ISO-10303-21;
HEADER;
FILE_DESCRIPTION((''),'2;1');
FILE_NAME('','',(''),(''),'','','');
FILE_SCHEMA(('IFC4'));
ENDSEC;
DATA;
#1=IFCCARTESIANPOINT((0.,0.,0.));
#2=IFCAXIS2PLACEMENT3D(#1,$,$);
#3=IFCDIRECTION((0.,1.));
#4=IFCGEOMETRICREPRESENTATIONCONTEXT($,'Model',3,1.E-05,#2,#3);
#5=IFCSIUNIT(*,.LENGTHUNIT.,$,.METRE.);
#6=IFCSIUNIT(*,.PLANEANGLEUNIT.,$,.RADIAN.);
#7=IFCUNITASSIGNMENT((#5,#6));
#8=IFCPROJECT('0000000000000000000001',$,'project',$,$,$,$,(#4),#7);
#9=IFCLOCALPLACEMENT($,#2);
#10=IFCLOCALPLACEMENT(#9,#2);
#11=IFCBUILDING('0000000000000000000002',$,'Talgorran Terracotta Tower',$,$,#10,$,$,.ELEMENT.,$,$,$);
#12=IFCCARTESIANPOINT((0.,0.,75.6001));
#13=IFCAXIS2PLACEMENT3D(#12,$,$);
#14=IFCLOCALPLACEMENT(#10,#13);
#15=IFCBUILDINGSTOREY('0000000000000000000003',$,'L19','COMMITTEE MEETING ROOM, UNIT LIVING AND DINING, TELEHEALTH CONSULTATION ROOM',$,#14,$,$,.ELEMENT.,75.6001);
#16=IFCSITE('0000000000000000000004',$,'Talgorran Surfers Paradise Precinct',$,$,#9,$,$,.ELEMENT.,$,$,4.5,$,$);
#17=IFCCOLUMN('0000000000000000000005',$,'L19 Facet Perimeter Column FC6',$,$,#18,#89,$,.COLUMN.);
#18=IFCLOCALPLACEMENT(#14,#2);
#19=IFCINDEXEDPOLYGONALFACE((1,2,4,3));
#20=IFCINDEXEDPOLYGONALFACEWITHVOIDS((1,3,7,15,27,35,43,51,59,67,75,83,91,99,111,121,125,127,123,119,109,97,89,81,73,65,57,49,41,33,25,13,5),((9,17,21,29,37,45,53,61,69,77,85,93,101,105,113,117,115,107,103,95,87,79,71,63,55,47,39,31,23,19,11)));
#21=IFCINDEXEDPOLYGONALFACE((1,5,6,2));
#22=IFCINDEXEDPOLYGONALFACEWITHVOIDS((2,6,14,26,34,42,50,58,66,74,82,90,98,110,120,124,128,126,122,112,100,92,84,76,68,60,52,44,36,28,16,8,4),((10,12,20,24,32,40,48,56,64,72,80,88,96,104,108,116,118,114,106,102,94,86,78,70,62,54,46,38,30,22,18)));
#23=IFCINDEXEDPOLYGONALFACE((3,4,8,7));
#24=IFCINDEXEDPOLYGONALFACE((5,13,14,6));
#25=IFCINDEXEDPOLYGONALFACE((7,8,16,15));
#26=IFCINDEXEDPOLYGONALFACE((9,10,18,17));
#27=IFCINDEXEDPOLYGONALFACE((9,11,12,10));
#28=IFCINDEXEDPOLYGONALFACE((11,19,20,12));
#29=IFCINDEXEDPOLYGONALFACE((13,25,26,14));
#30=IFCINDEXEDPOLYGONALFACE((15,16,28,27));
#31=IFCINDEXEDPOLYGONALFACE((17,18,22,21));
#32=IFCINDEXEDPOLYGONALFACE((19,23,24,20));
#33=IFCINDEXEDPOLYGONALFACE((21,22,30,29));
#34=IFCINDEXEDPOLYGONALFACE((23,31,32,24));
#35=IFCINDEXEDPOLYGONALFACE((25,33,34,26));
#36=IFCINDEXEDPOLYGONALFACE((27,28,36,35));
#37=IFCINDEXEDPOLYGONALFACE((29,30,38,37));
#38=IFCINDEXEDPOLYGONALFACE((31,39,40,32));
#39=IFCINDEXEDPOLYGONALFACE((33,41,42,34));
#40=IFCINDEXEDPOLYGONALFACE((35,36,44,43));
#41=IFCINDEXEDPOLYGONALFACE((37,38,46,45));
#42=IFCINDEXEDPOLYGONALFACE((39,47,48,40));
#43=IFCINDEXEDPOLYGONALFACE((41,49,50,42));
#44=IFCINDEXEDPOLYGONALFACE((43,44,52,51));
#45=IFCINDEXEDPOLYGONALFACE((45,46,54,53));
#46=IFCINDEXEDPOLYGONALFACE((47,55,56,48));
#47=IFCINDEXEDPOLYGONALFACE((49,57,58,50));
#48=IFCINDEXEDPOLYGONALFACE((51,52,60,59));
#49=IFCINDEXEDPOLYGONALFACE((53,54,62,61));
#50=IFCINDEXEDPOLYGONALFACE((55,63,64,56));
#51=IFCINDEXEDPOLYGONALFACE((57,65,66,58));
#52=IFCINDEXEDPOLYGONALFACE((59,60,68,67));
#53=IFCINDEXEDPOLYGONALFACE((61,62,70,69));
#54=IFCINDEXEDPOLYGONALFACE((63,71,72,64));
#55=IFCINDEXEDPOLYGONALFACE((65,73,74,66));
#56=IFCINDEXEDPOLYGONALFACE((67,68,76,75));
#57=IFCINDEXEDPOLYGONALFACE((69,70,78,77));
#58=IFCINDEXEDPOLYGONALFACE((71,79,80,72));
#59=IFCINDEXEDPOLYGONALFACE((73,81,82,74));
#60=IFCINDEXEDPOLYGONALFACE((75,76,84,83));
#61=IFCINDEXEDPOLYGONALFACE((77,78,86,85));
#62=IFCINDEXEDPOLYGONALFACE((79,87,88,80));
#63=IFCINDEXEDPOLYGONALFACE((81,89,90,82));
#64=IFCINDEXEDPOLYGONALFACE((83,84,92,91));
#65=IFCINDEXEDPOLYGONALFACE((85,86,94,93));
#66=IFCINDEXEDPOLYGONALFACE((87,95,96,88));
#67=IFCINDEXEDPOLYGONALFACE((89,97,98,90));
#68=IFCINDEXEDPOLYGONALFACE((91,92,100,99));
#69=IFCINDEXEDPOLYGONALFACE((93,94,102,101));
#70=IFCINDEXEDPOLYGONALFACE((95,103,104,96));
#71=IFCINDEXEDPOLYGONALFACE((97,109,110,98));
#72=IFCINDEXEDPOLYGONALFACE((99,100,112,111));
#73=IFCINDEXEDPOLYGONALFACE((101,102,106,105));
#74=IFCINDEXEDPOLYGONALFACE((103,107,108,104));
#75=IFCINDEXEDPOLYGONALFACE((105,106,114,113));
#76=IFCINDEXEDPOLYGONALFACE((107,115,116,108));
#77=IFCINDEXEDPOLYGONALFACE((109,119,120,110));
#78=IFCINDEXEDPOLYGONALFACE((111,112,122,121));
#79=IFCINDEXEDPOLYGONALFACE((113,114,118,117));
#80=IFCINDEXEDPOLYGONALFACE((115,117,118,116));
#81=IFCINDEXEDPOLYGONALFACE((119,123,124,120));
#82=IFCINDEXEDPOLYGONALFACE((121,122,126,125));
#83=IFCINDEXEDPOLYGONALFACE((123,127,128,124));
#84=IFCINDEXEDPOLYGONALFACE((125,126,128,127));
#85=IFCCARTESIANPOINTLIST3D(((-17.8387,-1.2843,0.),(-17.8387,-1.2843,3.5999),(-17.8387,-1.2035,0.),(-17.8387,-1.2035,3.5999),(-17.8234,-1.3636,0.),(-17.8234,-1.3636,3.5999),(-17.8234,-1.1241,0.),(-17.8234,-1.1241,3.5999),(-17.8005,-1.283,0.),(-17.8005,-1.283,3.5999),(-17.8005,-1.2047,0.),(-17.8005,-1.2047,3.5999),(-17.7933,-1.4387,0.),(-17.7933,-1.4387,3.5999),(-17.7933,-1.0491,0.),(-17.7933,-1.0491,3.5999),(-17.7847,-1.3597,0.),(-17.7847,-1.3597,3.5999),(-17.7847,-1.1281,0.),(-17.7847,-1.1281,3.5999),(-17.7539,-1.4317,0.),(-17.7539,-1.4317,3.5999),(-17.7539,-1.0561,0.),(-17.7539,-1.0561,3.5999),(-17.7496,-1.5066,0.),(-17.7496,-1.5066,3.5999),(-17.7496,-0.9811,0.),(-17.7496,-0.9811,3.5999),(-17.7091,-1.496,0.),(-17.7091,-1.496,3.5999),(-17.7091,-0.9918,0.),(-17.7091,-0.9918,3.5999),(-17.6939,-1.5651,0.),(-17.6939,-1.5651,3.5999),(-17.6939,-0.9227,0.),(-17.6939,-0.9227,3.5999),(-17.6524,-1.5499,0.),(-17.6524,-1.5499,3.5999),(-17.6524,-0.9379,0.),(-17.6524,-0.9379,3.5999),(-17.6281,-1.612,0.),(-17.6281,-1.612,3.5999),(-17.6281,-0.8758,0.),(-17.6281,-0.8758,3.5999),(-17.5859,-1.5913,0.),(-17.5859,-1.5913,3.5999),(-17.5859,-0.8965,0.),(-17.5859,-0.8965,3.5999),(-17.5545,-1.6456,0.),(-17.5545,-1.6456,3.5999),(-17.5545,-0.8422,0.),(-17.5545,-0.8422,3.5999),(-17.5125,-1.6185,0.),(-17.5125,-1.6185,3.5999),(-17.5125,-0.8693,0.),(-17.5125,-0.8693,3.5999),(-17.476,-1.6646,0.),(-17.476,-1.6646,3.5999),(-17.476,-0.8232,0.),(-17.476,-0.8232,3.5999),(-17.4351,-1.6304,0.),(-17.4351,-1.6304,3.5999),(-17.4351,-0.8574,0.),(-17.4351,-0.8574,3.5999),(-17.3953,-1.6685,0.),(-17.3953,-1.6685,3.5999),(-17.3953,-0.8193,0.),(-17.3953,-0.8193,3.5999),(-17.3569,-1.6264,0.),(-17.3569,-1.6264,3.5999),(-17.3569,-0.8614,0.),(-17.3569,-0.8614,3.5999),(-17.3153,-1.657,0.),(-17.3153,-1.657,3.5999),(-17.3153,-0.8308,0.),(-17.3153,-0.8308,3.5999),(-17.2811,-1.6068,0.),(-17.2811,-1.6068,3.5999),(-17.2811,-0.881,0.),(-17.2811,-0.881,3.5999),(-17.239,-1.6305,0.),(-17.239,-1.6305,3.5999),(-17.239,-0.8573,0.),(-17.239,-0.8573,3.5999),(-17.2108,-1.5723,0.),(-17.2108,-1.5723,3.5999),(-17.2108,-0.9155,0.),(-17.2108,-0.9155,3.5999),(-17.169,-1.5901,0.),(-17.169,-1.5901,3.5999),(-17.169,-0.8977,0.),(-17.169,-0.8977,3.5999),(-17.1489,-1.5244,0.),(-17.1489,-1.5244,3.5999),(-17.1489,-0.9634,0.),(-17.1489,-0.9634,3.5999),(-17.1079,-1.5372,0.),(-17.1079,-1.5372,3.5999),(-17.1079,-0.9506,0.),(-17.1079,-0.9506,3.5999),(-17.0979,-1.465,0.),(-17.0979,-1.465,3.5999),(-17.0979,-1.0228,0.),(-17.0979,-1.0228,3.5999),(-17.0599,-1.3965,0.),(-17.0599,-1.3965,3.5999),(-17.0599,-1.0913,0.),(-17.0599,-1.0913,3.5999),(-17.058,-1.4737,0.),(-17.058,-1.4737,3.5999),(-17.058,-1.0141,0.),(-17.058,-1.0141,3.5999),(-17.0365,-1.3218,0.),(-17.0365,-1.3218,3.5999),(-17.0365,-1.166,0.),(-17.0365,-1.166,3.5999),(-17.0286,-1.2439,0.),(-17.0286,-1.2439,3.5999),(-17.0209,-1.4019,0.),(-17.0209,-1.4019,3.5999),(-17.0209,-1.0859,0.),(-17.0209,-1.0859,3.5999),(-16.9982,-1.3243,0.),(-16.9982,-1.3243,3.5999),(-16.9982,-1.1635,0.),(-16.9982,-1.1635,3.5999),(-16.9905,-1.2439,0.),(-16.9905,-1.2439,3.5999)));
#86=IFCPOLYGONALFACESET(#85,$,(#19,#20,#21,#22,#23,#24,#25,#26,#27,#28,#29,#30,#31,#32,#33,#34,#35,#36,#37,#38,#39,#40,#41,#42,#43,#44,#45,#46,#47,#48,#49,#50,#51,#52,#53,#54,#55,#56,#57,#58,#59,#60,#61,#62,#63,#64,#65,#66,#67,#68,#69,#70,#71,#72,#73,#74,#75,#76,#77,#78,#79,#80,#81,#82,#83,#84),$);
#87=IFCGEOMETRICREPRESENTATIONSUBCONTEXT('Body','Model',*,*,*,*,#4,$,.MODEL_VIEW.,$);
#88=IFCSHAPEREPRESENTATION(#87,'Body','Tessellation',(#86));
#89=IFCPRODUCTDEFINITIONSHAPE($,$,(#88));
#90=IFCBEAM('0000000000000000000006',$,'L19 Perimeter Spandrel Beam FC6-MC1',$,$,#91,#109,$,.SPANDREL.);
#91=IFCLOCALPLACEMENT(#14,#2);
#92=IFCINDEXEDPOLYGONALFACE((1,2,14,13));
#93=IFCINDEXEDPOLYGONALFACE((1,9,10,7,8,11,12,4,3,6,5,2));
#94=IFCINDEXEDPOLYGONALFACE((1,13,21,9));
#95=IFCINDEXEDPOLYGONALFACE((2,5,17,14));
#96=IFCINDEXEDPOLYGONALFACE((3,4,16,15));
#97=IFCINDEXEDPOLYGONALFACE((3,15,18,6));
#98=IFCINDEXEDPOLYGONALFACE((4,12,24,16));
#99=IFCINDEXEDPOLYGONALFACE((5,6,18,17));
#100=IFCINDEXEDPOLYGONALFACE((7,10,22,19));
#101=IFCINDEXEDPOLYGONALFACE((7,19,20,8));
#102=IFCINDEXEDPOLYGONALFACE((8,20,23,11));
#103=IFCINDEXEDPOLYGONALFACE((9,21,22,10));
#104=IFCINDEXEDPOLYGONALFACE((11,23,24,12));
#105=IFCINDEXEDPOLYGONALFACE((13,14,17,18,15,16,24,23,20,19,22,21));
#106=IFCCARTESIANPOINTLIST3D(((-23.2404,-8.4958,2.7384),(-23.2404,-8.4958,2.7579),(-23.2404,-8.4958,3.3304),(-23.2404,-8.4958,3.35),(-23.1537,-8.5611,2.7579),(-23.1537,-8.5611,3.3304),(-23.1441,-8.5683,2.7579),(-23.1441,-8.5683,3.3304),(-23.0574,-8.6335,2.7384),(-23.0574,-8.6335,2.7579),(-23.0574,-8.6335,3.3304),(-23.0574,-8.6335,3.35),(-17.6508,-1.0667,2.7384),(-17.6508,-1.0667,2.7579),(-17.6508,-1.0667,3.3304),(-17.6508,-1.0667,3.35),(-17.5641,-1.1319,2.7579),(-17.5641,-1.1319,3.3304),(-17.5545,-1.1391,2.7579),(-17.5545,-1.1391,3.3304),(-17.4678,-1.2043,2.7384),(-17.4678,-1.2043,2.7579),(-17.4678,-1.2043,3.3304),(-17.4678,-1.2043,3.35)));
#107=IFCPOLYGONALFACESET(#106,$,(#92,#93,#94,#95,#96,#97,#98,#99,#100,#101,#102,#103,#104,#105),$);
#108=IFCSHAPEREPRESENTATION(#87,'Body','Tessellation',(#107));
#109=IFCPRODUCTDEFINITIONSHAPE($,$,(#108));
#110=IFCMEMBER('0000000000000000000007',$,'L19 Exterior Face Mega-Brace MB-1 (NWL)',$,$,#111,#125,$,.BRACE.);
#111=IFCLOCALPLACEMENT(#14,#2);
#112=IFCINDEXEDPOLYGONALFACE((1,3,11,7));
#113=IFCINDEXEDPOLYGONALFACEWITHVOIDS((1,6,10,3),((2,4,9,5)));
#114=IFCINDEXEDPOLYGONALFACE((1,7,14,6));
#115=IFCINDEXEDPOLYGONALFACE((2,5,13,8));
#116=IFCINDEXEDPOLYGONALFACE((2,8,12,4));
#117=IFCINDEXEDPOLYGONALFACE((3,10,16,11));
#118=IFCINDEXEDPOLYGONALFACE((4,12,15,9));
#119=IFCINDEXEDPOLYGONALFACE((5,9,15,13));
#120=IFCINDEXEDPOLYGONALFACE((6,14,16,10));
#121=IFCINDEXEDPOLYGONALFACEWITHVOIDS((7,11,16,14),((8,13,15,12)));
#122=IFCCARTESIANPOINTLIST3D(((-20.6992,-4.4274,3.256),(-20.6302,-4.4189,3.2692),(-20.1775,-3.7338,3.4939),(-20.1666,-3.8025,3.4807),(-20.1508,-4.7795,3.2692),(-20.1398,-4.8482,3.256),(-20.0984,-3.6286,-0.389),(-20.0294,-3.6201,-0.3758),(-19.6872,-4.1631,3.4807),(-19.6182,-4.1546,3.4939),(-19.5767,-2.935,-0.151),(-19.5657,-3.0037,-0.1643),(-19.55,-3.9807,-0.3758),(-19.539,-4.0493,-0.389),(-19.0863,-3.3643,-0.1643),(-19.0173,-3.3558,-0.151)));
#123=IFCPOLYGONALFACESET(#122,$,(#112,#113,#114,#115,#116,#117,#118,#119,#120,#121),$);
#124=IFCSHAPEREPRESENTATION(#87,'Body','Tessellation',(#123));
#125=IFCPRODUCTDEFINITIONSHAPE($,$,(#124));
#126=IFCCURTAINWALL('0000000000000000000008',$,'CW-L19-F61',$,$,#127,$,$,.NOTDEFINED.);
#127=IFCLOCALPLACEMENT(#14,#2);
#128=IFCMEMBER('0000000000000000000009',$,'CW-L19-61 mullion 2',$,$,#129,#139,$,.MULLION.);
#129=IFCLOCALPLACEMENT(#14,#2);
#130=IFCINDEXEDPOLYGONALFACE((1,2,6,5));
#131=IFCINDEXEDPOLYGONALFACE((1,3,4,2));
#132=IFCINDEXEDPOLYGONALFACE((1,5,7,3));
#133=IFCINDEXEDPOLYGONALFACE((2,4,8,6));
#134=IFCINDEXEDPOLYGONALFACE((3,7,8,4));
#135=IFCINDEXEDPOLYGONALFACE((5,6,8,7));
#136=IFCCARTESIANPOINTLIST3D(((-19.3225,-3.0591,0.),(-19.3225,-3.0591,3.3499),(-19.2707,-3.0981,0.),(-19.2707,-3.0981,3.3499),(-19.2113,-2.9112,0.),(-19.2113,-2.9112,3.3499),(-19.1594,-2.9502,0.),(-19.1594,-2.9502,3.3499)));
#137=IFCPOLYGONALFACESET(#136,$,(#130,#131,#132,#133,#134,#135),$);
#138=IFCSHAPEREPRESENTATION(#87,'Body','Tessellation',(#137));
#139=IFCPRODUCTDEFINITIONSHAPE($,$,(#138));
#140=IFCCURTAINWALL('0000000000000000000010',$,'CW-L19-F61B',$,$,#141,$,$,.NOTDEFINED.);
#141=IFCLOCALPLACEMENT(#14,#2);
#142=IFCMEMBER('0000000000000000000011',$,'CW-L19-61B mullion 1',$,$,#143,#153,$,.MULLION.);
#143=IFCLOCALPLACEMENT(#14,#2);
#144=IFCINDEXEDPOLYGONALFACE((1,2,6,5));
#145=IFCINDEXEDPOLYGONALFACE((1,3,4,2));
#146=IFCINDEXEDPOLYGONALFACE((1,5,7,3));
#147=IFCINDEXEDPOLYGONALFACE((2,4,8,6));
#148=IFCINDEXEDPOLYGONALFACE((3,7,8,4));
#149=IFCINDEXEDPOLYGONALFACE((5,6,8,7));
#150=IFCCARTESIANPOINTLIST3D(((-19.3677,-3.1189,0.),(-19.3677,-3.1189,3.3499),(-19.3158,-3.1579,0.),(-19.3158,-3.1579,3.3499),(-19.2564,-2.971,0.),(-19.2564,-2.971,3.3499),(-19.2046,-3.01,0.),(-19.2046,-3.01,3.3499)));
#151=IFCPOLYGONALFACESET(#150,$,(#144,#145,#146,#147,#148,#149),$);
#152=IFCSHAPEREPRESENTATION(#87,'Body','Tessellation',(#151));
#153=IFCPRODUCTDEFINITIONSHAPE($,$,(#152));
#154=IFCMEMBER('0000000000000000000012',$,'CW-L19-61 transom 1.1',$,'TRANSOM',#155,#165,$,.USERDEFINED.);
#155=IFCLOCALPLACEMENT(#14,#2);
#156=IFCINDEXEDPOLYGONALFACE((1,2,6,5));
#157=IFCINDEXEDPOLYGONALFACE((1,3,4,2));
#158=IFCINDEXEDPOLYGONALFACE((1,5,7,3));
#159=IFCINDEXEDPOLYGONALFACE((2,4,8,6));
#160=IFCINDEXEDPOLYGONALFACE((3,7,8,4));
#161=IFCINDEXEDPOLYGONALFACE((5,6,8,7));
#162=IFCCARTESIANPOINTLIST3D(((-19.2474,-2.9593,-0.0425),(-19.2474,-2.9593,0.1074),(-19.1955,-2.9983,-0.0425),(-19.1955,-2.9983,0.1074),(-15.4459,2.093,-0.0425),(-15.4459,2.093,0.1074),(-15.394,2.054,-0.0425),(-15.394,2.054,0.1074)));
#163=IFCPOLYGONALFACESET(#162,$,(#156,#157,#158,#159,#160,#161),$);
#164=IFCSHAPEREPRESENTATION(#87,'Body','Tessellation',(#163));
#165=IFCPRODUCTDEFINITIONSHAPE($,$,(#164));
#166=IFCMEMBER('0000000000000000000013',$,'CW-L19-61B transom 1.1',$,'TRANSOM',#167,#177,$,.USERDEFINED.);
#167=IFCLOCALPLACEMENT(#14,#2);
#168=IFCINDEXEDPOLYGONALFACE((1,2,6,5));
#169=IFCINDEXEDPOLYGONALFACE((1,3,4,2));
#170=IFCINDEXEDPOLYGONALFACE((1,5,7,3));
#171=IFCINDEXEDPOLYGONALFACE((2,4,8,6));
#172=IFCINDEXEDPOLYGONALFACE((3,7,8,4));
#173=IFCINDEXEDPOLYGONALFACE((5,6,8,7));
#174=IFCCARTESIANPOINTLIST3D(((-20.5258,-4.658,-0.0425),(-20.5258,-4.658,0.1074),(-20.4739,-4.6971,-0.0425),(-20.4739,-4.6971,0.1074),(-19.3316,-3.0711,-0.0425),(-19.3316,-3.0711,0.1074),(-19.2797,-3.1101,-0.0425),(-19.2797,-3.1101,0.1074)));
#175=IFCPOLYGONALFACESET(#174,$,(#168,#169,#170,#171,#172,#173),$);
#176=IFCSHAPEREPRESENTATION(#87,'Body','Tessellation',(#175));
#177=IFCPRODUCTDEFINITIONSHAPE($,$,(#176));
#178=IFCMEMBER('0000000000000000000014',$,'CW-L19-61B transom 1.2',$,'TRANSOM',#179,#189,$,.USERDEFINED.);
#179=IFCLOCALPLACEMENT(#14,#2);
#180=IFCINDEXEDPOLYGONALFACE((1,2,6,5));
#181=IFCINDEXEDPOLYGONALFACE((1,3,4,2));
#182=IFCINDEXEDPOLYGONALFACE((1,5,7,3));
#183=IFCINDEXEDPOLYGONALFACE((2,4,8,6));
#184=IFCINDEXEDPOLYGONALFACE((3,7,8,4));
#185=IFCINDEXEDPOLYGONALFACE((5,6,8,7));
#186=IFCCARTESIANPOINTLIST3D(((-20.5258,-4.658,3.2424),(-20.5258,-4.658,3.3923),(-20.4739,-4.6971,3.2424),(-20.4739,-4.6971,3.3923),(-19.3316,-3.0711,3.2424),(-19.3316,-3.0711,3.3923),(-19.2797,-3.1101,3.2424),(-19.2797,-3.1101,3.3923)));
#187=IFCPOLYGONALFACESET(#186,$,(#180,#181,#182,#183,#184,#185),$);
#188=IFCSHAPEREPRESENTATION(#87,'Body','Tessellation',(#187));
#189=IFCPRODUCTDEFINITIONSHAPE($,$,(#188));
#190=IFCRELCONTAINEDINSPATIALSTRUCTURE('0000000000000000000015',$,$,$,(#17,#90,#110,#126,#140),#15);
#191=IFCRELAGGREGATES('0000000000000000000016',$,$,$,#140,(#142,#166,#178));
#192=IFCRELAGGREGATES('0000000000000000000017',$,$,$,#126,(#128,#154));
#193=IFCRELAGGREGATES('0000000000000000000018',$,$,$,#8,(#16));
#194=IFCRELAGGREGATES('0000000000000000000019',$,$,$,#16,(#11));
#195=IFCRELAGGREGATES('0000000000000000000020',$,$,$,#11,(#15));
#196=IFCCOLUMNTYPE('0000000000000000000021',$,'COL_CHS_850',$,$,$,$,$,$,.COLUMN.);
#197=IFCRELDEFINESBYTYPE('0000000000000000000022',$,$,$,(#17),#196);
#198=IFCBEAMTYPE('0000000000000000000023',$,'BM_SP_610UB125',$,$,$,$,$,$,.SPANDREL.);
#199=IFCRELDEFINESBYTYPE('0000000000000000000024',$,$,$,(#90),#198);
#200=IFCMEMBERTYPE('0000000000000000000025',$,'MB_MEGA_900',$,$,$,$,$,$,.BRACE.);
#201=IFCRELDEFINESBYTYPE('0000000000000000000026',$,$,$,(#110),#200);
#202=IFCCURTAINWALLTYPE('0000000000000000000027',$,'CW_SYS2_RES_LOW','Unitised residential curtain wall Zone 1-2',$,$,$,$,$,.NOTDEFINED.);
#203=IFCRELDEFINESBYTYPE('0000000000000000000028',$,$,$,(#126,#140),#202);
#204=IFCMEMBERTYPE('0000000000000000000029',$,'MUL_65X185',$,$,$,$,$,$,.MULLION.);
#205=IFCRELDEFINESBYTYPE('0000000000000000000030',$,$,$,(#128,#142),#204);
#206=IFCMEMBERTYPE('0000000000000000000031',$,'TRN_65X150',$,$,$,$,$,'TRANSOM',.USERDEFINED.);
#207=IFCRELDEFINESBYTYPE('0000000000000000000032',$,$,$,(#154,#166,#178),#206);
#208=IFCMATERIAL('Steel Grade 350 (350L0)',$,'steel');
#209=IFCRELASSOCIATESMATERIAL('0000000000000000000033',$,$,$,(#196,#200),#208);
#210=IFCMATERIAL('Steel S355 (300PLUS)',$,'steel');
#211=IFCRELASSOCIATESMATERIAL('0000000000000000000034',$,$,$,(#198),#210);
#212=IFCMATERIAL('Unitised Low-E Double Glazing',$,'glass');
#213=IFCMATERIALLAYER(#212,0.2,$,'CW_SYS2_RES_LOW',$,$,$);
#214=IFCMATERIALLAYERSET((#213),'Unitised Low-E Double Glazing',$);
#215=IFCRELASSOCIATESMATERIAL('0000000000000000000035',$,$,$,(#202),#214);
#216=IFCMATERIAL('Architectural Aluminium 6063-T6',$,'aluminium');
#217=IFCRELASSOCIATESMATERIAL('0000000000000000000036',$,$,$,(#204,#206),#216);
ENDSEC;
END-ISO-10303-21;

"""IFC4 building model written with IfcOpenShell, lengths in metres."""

from ifc_helpers import new_model, si_unit, direction, frame, origin, origin_2d, place, context, subcontext, project, spatial, rectangle, hollow_rectangle, hollow_circle, i_section, extrude, material, layer, layer_set, material_profile, profile_set, type_object, element, aggregate, save


model = new_model("IFC4")

# Units and contexts
model_context = context("Model", 3, precision=1e-05, world=origin(), true_north=direction((0.0, 1.0)))
body_context = subcontext(model_context, "Body", "Model", "MODEL_VIEW")
ifc_project = project(units=[si_unit("LENGTHUNIT", "METRE"), si_unit("PLANEANGLEUNIT", "RADIAN")], contexts=[model_context])

# Site, building, storey
site_placement = place(None, origin())
site = spatial("IfcSite", under=ifc_project, at=site_placement, Name="Talgorran Surfers Paradise Precinct", CompositionType="ELEMENT", RefElevation=4.5)
building_placement = place(site_placement, origin())
building = spatial("IfcBuilding", under=site, at=building_placement, Name="Talgorran Terracotta Tower", CompositionType="ELEMENT")
storey_placement = place(building_placement, frame((0.0, 0.0, 75.6001)))
storey = spatial("IfcBuildingStorey", under=building, at=storey_placement, Name="L19", Description="COMMITTEE MEETING ROOM, UNIT LIVING AND DINING, TELEHEALTH CONSULTATION ROOM", CompositionType="ELEMENT", Elevation=75.6001)

# Column
ifc_material_1 = material(Name="Steel Grade 350 (350L0)", Category="steel")
ifc_material_profile_1 = material_profile(ifc_material_1, hollow_circle(Radius=0.425, WallThickness=0.0381, at=origin_2d()), Name="CHS850X38")
ifc_profile_set_1 = profile_set([ifc_material_profile_1], Name="Steel Grade 350 (350L0)")
column_type = type_object("IfcColumnType", Name="COL_CHS_850", PredefinedType="COLUMN", material=ifc_profile_set_1)
column_placement = place(storey_placement, frame((-17.4155, -1.2439, 0.0), z_axis=(0.0, 0.0, 1.0), x_axis=(1.0, 0.0, 0.0)))
element("IfcColumn", 1, at=column_placement, inside=storey, type_object=column_type, Name="L19 Facet Perimeter Column FC6", PredefinedType="COLUMN", context=body_context, shape_type="SweptSolid", body=[
    extrude(hollow_circle(Radius=0.425, WallThickness=0.0381, at=origin_2d()), origin(), (0.0, 0.0, 1.0), 3.5999),
])

# Beam
ifc_material_2 = material(Name="Steel S355 (300PLUS)", Category="steel")
ifc_material_profile_2 = material_profile(ifc_material_2, i_section(OverallWidth=0.229, OverallDepth=0.6116, WebThickness=0.012, FlangeThickness=0.0195, at=origin_2d()), Name="610UB125")
ifc_profile_set_2 = profile_set([ifc_material_profile_2], Name="Steel S355 (300PLUS)")
beam_type = type_object("IfcBeamType", Name="BM_SP_610UB125", PredefinedType="SPANDREL", material=ifc_profile_set_2)
beam_placement = place(storey_placement, frame((-17.5593, -1.1355, 3.0442), z_axis=(-0.601218, -0.799085, 0.0), x_axis=(0.799085, -0.601218, 0.0)))
element("IfcBeam", 2, at=beam_placement, inside=storey, type_object=beam_type, Name="L19 Perimeter Spandrel Beam FC6-MC1", PredefinedType="SPANDREL", context=body_context, shape_type="SweptSolid", body=[
    extrude(i_section(OverallWidth=0.229, OverallDepth=0.6116, WebThickness=0.012, FlangeThickness=0.0195, at=origin_2d()), origin(), (0.0, 0.0, 1.0), 9.2971),
])

# Member
ifc_material_profile_3 = material_profile(ifc_material_1, hollow_rectangle(XDim=0.7, YDim=0.8999, WallThickness=0.05, at=origin_2d()), Name="WBOX900X700X50")
ifc_profile_set_3 = profile_set([ifc_material_profile_3], Name="Steel Grade 350 (350L0)")
member_type_1 = type_object("IfcMemberType", Name="MB_MEGA_900", PredefinedType="BRACE", material=ifc_profile_set_3)
member_1_placement = place(storey_placement, frame((-19.5579, -3.4922, -0.27), z_axis=(-0.158967, -0.211353, 0.964396), x_axis=(0.799179, -0.601094, 0.0)))
element("IfcMember", 3, at=member_1_placement, inside=storey, type_object=member_type_1, Name="L19 Exterior Face Mega-Brace MB-1 (NWL)", PredefinedType="BRACE", context=body_context, shape_type="SweptSolid", body=[
    extrude(hollow_rectangle(XDim=0.7, YDim=0.8999, WallThickness=0.05, at=origin_2d()), origin(), (0.0, 0.0, 1.0), 3.7795),
])

# Curtain walls, members
ifc_material_3 = material(Name="Unitised Low-E Double Glazing", Category="glass")
ifc_layer_1 = layer(ifc_material_3, 0.2, Name="CW_SYS2_RES_LOW")
ifc_layer_set_1 = layer_set([ifc_layer_1], Name="Unitised Low-E Double Glazing")
curtain_wall_type = type_object("IfcCurtainWallType", Name="CW_SYS2_RES_LOW", Description="Unitised residential curtain wall Zone 1-2", PredefinedType="NOTDEFINED", material=ifc_layer_set_1)
curtain_wall_1_placement = place(storey_placement, origin())
curtain_wall_1 = element("IfcCurtainWall", 4, at=curtain_wall_1_placement, inside=storey, type_object=curtain_wall_type, Name="CW-L19-F61", PredefinedType="NOTDEFINED")
ifc_material_4 = material(Name="Architectural Aluminium 6063-T6", Category="aluminium")
ifc_material_profile_4 = material_profile(ifc_material_4, rectangle(XDim=0.0649, YDim=0.1851, at=origin_2d()), Name="CWM65X185")
ifc_profile_set_4 = profile_set([ifc_material_profile_4], Name="Architectural Aluminium 6063-T6")
member_type_2 = type_object("IfcMemberType", Name="MUL_65X185", PredefinedType="MULLION", material=ifc_profile_set_4)
member_2_placement = place(storey_placement, frame((-19.241, -3.0046, 0.0), z_axis=(0.0, 0.0, 1.0), x_axis=(0.799065, -0.601244, 0.0)))
member_2 = element("IfcMember", 5, at=member_2_placement, type_object=member_type_2, Name="CW-L19-61 mullion 2", PredefinedType="MULLION", context=body_context, shape_type="SweptSolid", body=[
    extrude(rectangle(XDim=0.0649, YDim=0.1851, at=origin_2d()), origin(), (0.0, 0.0, 1.0), 3.3499),
])
curtain_wall_2_placement = place(storey_placement, origin())
curtain_wall_2 = element("IfcCurtainWall", 6, at=curtain_wall_2_placement, inside=storey, type_object=curtain_wall_type, Name="CW-L19-F61B", PredefinedType="NOTDEFINED")
member_3_placement = place(storey_placement, frame((-19.2861, -3.0645, 0.0), z_axis=(0.0, 0.0, 1.0), x_axis=(0.799063, -0.601247, 0.0)))
member_3 = element("IfcMember", 7, at=member_3_placement, type_object=member_type_2, Name="CW-L19-61B mullion 1", PredefinedType="MULLION", context=body_context, shape_type="SweptSolid", body=[
    extrude(rectangle(XDim=0.0649, YDim=0.1851, at=origin_2d()), origin(), (0.0, 0.0, 1.0), 3.3499),
])

# Members
ifc_material_profile_5 = material_profile(ifc_material_4, rectangle(XDim=0.0649, YDim=0.1499, at=origin_2d()), Name="CWT65X150")
ifc_profile_set_5 = profile_set([ifc_material_profile_5], Name="Architectural Aluminium 6063-T6")
member_type_3 = type_object("IfcMemberType", Name="TRN_65X150", ElementType="TRANSOM", PredefinedType="USERDEFINED", material=ifc_profile_set_5)
member_4_placement = place(storey_placement, frame((-15.4199, 2.0735, 0.0325), z_axis=(-0.601247, -0.799063, 0.0), x_axis=(0.799063, -0.601247, 0.0)))
member_4 = element("IfcMember", 8, at=member_4_placement, type_object=member_type_3, Name="CW-L19-61 transom 1.1", ObjectType="TRANSOM", PredefinedType="USERDEFINED", context=body_context, shape_type="SweptSolid", body=[
    extrude(rectangle(XDim=0.0649, YDim=0.1499, at=origin_2d()), origin(), (0.0, 0.0, 1.0), 6.3228),
])
member_5_placement = place(storey_placement, frame((-19.3057, -3.0906, 0.0325), z_axis=(-0.601258, -0.799055, 0.0), x_axis=(0.799055, -0.601258, 0.0)))
member_5 = element("IfcMember", 9, at=member_5_placement, type_object=member_type_3, Name="CW-L19-61B transom 1.1", ObjectType="TRANSOM", PredefinedType="USERDEFINED", context=body_context, shape_type="SweptSolid", body=[
    extrude(rectangle(XDim=0.0649, YDim=0.1499, at=origin_2d()), origin(), (0.0, 0.0, 1.0), 1.9861),
])
member_6_placement = place(storey_placement, frame((-19.3057, -3.0906, 3.3174), z_axis=(-0.601258, -0.799055, 0.0), x_axis=(0.799055, -0.601258, 0.0)))
member_6 = element("IfcMember", 10, at=member_6_placement, type_object=member_type_3, Name="CW-L19-61B transom 1.2", ObjectType="TRANSOM", PredefinedType="USERDEFINED", context=body_context, shape_type="SweptSolid", body=[
    extrude(rectangle(XDim=0.0649, YDim=0.1499, at=origin_2d()), origin(), (0.0, 0.0, 1.0), 1.9861),
])

aggregate(curtain_wall_2, [member_3, member_5, member_6])
aggregate(curtain_wall_1, [member_2, member_4])

save(model, "model.ifc")
